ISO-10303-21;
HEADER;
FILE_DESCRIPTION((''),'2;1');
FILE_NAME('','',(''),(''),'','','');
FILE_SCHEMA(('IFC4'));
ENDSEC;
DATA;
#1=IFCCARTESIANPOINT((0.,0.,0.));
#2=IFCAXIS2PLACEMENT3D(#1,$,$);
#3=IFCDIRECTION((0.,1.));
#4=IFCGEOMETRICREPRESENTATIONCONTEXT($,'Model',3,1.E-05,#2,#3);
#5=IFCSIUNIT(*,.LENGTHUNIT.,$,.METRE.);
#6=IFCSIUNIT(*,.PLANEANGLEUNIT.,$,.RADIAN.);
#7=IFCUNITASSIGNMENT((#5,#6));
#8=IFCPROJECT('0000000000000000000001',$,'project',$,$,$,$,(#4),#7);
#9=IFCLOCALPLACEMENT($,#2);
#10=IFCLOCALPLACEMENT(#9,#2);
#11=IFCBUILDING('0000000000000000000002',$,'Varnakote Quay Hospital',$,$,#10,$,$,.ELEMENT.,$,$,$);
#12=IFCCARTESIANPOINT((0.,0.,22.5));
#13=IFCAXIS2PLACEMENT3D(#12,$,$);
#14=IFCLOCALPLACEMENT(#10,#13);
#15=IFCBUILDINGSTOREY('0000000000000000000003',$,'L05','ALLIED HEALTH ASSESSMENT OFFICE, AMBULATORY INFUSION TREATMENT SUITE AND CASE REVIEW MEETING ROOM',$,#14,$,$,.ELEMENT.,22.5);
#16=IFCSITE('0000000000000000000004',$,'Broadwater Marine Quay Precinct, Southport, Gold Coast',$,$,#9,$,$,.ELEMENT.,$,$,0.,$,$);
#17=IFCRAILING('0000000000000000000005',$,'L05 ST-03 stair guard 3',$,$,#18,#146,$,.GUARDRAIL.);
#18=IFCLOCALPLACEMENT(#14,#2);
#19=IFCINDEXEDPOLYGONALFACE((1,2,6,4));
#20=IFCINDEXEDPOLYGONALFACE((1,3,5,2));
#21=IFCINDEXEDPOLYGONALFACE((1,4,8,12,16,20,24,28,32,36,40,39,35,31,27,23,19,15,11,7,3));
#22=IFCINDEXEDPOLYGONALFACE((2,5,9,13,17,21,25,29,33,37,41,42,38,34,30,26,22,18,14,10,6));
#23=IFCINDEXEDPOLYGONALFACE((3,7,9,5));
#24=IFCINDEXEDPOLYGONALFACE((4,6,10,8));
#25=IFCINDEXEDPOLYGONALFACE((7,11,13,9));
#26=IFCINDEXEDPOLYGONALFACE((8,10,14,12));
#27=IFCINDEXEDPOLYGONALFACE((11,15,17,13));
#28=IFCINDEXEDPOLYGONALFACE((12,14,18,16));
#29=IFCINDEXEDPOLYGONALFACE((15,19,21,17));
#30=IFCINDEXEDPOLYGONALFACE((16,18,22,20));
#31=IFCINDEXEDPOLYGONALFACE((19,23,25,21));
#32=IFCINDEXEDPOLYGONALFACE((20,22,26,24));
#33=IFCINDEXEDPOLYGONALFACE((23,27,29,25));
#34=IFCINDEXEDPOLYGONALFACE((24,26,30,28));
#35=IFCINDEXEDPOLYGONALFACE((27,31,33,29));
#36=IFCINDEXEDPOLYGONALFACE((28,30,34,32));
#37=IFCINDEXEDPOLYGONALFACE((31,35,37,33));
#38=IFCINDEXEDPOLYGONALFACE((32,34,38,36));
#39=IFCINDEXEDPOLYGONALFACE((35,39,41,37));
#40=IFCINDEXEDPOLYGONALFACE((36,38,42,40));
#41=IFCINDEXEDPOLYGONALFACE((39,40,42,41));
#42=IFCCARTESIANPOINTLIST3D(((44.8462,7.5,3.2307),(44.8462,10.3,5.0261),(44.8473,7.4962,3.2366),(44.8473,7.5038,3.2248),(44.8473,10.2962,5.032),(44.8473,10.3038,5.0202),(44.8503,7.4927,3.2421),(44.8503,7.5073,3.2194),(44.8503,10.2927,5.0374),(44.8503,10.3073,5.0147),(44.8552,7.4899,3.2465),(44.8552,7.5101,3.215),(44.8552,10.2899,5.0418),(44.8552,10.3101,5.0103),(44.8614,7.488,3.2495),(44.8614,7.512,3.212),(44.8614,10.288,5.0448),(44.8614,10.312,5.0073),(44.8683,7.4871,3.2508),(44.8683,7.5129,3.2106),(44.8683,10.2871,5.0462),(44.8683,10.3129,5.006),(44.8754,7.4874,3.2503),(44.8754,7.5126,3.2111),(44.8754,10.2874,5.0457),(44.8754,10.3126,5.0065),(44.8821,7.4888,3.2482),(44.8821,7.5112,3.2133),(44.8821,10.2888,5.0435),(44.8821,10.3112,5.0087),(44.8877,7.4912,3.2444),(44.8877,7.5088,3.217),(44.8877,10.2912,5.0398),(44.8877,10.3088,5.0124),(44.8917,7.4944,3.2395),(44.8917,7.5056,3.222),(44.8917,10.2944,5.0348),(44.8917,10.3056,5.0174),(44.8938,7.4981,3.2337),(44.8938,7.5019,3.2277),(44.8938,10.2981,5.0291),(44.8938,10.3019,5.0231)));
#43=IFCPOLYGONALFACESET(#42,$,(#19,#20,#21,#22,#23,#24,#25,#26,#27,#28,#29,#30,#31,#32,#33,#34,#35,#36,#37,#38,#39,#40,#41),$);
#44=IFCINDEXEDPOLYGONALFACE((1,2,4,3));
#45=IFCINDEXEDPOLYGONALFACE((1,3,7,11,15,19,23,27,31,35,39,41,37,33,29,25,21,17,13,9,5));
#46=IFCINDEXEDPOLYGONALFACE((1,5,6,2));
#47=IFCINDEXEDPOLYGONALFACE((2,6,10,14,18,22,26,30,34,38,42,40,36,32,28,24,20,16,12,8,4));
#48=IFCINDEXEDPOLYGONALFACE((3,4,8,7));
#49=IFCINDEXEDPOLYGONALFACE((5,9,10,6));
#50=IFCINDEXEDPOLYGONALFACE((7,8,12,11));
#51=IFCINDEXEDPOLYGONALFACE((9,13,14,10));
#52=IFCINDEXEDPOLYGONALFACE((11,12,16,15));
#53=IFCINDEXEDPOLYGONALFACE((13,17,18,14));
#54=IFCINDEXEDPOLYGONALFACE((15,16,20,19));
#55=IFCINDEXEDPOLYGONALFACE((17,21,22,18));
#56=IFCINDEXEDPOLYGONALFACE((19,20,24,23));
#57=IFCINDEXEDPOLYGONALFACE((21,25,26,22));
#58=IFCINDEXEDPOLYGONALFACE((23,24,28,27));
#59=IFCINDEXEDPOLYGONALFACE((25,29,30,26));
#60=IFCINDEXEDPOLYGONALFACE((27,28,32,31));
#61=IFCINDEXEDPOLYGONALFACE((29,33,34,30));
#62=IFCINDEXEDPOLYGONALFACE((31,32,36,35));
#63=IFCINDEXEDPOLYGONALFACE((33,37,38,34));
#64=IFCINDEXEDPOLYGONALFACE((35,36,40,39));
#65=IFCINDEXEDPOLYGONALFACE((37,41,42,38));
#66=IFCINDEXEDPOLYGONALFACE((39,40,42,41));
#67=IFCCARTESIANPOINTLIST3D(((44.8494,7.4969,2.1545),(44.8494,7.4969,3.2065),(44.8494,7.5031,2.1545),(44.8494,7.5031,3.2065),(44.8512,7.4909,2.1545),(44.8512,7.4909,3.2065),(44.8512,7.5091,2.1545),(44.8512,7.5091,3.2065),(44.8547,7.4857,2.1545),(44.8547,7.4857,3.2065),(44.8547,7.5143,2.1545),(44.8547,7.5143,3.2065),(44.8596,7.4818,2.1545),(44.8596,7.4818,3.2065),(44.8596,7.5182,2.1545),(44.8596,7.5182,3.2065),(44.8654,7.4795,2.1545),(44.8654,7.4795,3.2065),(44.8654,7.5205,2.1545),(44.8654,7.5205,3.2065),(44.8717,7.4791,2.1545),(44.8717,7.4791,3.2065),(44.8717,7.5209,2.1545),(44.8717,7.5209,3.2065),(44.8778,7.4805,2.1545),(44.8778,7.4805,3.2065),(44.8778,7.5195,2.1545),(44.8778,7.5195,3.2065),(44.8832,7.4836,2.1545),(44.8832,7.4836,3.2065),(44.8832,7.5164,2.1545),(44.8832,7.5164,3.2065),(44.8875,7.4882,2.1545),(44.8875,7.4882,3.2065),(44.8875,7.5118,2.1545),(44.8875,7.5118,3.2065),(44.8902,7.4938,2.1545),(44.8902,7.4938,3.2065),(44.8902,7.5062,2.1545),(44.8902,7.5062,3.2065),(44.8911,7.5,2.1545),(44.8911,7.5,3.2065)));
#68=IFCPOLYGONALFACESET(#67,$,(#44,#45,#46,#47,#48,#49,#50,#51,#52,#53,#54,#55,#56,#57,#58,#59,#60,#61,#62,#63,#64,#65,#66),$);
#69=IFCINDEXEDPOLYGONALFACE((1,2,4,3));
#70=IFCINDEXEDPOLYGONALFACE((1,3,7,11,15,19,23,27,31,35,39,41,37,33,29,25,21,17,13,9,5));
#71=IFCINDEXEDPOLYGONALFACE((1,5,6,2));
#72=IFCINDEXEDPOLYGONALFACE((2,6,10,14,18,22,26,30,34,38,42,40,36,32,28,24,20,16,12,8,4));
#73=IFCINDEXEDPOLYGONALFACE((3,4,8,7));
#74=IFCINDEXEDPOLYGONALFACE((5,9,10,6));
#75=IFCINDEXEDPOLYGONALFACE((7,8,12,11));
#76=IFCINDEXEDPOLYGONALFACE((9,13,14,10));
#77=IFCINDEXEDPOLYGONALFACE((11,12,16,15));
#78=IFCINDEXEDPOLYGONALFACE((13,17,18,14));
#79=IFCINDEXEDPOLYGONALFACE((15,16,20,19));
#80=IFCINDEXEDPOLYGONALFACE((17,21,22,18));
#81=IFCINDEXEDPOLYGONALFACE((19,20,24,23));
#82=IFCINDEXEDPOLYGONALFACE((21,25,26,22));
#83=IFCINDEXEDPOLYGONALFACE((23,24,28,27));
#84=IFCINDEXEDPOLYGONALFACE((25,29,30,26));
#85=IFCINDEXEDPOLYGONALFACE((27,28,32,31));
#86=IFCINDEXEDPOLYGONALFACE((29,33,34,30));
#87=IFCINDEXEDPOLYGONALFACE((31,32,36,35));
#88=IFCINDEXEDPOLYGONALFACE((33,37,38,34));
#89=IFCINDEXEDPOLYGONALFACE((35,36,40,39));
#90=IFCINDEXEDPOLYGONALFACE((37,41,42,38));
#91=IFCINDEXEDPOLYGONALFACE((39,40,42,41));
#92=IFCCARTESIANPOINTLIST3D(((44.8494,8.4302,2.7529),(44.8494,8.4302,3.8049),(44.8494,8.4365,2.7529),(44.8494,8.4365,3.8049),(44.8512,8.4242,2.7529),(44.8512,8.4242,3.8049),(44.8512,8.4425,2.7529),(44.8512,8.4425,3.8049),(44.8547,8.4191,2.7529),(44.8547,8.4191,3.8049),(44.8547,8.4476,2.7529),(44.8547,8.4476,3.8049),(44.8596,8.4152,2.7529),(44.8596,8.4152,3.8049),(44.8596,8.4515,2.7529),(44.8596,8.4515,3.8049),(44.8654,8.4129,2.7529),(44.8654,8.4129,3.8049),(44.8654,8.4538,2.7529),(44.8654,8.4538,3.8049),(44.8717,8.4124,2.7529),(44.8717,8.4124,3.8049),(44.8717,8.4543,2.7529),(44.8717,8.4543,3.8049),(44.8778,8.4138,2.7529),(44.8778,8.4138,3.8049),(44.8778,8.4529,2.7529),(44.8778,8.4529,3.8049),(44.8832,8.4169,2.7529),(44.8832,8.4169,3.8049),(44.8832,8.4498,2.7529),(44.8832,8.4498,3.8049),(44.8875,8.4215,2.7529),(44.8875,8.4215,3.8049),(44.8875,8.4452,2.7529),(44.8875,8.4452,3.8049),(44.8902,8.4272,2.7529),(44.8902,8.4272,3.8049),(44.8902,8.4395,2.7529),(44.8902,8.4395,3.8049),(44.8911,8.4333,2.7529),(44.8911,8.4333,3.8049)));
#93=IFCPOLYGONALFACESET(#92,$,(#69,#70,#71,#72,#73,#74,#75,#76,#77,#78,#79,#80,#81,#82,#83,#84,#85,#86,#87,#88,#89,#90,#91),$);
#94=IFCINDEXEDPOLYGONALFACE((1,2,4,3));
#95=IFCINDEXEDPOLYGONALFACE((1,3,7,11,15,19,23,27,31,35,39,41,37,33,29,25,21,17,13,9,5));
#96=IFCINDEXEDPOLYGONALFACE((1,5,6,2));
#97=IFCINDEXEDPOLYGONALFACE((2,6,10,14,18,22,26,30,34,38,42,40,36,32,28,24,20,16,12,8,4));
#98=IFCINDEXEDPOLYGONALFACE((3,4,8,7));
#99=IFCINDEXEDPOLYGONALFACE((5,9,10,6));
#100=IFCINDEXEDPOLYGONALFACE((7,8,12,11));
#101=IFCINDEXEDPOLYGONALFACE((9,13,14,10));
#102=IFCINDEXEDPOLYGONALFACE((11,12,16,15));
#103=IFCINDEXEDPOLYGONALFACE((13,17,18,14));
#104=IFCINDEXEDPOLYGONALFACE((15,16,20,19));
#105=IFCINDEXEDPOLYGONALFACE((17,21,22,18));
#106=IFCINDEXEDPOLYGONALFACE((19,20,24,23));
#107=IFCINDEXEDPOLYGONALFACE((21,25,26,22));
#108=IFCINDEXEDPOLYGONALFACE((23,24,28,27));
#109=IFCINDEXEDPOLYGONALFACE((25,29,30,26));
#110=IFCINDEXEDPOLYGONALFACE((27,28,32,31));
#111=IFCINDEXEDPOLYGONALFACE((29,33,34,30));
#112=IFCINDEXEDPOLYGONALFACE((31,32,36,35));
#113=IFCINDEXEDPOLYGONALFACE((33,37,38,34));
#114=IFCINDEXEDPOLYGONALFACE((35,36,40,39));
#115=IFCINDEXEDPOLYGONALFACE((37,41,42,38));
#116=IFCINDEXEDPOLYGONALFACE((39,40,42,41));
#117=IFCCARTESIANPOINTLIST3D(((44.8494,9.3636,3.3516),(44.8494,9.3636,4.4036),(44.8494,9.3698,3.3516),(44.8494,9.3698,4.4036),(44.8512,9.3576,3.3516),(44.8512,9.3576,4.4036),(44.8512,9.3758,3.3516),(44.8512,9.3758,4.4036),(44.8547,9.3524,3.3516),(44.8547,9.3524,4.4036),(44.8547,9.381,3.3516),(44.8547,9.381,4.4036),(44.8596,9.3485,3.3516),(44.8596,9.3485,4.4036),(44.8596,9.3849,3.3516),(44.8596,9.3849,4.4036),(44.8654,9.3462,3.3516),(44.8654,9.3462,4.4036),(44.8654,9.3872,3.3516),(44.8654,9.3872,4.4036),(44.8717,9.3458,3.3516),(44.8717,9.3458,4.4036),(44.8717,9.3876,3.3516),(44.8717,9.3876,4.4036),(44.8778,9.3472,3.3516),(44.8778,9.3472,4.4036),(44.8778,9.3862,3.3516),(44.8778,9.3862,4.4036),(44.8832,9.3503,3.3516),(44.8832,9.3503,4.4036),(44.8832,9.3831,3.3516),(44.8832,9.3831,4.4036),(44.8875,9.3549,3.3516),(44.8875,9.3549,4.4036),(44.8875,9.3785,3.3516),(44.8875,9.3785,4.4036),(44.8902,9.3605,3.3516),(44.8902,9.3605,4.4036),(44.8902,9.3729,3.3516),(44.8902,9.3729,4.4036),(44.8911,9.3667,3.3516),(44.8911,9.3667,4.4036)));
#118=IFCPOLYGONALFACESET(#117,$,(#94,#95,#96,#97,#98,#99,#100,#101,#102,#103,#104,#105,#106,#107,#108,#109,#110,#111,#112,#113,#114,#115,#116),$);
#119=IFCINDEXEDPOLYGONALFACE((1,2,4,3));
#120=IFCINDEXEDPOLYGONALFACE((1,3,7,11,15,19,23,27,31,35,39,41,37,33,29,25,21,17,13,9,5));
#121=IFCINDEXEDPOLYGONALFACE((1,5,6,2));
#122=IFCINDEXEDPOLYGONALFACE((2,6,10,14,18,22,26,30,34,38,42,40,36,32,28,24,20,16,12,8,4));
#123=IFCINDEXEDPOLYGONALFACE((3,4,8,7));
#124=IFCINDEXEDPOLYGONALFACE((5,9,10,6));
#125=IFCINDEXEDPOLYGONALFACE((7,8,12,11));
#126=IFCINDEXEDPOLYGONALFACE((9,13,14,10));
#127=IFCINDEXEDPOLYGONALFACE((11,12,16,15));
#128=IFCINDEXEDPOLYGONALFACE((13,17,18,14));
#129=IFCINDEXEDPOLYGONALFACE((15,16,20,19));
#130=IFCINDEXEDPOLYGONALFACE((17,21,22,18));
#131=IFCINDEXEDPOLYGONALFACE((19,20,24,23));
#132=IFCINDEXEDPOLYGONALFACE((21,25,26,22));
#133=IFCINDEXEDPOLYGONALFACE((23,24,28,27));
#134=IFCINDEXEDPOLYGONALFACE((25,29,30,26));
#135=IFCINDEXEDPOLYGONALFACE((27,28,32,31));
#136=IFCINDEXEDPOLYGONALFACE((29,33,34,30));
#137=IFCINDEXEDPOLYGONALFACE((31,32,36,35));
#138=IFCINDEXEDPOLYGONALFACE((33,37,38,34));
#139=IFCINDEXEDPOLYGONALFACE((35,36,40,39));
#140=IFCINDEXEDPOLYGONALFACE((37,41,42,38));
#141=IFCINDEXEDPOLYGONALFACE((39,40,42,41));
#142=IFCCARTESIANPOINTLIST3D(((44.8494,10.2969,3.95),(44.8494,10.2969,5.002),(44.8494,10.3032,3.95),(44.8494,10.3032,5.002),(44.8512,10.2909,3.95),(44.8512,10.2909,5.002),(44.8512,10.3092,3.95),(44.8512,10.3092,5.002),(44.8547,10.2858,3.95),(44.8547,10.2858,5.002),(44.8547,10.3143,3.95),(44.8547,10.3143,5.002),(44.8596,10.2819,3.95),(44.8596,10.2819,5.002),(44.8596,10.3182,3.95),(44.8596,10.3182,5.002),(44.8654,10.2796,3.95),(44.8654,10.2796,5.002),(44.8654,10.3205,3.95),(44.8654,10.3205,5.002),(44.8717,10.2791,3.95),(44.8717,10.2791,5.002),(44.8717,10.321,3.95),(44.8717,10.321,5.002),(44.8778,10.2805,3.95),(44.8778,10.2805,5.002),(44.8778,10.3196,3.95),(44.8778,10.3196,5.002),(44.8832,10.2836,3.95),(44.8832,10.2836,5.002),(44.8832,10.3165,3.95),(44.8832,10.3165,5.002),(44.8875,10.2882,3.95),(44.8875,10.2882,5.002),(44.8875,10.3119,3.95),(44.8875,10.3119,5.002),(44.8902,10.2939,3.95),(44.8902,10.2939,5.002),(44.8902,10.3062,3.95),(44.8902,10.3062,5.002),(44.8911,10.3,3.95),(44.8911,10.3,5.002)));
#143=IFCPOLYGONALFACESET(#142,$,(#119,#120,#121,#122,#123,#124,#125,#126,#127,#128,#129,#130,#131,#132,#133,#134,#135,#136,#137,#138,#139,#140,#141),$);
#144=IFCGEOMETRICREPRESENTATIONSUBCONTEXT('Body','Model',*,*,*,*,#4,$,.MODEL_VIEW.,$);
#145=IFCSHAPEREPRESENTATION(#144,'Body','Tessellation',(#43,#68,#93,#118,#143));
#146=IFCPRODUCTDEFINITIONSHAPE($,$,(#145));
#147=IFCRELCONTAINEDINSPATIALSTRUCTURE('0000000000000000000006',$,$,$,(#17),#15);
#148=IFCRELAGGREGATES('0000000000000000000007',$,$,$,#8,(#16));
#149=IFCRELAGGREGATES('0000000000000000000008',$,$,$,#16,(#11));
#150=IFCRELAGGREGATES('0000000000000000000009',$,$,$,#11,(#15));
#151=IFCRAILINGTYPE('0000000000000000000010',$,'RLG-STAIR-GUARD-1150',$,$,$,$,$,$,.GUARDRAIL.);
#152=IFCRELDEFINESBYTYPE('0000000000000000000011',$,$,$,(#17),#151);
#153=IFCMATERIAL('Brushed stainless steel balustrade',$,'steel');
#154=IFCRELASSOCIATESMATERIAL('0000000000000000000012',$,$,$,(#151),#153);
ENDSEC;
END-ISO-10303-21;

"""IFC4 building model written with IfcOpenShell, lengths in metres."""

from ifc_helpers import new_model, si_unit, direction, frame, origin, origin_2d, place, context, subcontext, project, spatial, circle, extrude, material, type_object, element, save


model = new_model("IFC4")

# Units and contexts
model_context = context("Model", 3, precision=1e-05, world=origin(), true_north=direction((0.0, 1.0)))
body_context = subcontext(model_context, "Body", "Model", "MODEL_VIEW")
ifc_project = project(units=[si_unit("LENGTHUNIT", "METRE"), si_unit("PLANEANGLEUNIT", "RADIAN")], contexts=[model_context])

# Site, building, storey
site_placement = place(None, origin())
site = spatial("IfcSite", under=ifc_project, at=site_placement, Name="Broadwater Marine Quay Precinct, Southport, Gold Coast", CompositionType="ELEMENT", RefElevation=0.0)
building_placement = place(site_placement, origin())
building = spatial("IfcBuilding", under=site, at=building_placement, Name="Varnakote Quay Hospital", CompositionType="ELEMENT")
storey_placement = place(building_placement, frame((0.0, 0.0, 22.5)))
storey = spatial("IfcBuildingStorey", under=building, at=storey_placement, Name="L05", Description="ALLIED HEALTH ASSESSMENT OFFICE, AMBULATORY INFUSION TREATMENT SUITE AND CASE REVIEW MEETING ROOM", CompositionType="ELEMENT", Elevation=22.5)

# Railing
ifc_material_1 = material(Name="Brushed stainless steel balustrade", Category="steel")
railing_type_1 = type_object("IfcRailingType", Name="RLG-STAIR-GUARD-1150", PredefinedType="GUARDRAIL", material=ifc_material_1)
railing_1_placement = place(storey_placement, frame((44.8701, 7.5, 2.1545)))
element("IfcRailing", 1, at=railing_1_placement, inside=storey, type_object=railing_type_1, Name="L05 ST-03 stair guard 3", PredefinedType="GUARDRAIL", context=body_context, shape_type="SweptSolid", body=[
    extrude(circle(Radius=0.0239, at=origin_2d()), frame((0.0, 0.0, 1.0762), z_axis=(0.0, 0.84181, 0.539774), x_axis=(-1.0, 0.0, 0.0)), (0.0, 0.0, 1.0), 3.3262),
    extrude(circle(Radius=0.021, at=origin_2d()), origin(), (0.0, 0.0, 1.0), 1.052),
    extrude(circle(Radius=0.021, at=origin_2d()), frame((0.0, 0.9333, 0.5984)), (0.0, 0.0, 1.0), 1.052),
    extrude(circle(Radius=0.021, at=origin_2d()), frame((0.0, 1.8667, 1.197)), (0.0, 0.0, 1.0), 1.052),
    extrude(circle(Radius=0.021, at=origin_2d()), frame((0.0, 2.8, 1.7954)), (0.0, 0.0, 1.0), 1.052),
])

save(model, "model.ifc")
